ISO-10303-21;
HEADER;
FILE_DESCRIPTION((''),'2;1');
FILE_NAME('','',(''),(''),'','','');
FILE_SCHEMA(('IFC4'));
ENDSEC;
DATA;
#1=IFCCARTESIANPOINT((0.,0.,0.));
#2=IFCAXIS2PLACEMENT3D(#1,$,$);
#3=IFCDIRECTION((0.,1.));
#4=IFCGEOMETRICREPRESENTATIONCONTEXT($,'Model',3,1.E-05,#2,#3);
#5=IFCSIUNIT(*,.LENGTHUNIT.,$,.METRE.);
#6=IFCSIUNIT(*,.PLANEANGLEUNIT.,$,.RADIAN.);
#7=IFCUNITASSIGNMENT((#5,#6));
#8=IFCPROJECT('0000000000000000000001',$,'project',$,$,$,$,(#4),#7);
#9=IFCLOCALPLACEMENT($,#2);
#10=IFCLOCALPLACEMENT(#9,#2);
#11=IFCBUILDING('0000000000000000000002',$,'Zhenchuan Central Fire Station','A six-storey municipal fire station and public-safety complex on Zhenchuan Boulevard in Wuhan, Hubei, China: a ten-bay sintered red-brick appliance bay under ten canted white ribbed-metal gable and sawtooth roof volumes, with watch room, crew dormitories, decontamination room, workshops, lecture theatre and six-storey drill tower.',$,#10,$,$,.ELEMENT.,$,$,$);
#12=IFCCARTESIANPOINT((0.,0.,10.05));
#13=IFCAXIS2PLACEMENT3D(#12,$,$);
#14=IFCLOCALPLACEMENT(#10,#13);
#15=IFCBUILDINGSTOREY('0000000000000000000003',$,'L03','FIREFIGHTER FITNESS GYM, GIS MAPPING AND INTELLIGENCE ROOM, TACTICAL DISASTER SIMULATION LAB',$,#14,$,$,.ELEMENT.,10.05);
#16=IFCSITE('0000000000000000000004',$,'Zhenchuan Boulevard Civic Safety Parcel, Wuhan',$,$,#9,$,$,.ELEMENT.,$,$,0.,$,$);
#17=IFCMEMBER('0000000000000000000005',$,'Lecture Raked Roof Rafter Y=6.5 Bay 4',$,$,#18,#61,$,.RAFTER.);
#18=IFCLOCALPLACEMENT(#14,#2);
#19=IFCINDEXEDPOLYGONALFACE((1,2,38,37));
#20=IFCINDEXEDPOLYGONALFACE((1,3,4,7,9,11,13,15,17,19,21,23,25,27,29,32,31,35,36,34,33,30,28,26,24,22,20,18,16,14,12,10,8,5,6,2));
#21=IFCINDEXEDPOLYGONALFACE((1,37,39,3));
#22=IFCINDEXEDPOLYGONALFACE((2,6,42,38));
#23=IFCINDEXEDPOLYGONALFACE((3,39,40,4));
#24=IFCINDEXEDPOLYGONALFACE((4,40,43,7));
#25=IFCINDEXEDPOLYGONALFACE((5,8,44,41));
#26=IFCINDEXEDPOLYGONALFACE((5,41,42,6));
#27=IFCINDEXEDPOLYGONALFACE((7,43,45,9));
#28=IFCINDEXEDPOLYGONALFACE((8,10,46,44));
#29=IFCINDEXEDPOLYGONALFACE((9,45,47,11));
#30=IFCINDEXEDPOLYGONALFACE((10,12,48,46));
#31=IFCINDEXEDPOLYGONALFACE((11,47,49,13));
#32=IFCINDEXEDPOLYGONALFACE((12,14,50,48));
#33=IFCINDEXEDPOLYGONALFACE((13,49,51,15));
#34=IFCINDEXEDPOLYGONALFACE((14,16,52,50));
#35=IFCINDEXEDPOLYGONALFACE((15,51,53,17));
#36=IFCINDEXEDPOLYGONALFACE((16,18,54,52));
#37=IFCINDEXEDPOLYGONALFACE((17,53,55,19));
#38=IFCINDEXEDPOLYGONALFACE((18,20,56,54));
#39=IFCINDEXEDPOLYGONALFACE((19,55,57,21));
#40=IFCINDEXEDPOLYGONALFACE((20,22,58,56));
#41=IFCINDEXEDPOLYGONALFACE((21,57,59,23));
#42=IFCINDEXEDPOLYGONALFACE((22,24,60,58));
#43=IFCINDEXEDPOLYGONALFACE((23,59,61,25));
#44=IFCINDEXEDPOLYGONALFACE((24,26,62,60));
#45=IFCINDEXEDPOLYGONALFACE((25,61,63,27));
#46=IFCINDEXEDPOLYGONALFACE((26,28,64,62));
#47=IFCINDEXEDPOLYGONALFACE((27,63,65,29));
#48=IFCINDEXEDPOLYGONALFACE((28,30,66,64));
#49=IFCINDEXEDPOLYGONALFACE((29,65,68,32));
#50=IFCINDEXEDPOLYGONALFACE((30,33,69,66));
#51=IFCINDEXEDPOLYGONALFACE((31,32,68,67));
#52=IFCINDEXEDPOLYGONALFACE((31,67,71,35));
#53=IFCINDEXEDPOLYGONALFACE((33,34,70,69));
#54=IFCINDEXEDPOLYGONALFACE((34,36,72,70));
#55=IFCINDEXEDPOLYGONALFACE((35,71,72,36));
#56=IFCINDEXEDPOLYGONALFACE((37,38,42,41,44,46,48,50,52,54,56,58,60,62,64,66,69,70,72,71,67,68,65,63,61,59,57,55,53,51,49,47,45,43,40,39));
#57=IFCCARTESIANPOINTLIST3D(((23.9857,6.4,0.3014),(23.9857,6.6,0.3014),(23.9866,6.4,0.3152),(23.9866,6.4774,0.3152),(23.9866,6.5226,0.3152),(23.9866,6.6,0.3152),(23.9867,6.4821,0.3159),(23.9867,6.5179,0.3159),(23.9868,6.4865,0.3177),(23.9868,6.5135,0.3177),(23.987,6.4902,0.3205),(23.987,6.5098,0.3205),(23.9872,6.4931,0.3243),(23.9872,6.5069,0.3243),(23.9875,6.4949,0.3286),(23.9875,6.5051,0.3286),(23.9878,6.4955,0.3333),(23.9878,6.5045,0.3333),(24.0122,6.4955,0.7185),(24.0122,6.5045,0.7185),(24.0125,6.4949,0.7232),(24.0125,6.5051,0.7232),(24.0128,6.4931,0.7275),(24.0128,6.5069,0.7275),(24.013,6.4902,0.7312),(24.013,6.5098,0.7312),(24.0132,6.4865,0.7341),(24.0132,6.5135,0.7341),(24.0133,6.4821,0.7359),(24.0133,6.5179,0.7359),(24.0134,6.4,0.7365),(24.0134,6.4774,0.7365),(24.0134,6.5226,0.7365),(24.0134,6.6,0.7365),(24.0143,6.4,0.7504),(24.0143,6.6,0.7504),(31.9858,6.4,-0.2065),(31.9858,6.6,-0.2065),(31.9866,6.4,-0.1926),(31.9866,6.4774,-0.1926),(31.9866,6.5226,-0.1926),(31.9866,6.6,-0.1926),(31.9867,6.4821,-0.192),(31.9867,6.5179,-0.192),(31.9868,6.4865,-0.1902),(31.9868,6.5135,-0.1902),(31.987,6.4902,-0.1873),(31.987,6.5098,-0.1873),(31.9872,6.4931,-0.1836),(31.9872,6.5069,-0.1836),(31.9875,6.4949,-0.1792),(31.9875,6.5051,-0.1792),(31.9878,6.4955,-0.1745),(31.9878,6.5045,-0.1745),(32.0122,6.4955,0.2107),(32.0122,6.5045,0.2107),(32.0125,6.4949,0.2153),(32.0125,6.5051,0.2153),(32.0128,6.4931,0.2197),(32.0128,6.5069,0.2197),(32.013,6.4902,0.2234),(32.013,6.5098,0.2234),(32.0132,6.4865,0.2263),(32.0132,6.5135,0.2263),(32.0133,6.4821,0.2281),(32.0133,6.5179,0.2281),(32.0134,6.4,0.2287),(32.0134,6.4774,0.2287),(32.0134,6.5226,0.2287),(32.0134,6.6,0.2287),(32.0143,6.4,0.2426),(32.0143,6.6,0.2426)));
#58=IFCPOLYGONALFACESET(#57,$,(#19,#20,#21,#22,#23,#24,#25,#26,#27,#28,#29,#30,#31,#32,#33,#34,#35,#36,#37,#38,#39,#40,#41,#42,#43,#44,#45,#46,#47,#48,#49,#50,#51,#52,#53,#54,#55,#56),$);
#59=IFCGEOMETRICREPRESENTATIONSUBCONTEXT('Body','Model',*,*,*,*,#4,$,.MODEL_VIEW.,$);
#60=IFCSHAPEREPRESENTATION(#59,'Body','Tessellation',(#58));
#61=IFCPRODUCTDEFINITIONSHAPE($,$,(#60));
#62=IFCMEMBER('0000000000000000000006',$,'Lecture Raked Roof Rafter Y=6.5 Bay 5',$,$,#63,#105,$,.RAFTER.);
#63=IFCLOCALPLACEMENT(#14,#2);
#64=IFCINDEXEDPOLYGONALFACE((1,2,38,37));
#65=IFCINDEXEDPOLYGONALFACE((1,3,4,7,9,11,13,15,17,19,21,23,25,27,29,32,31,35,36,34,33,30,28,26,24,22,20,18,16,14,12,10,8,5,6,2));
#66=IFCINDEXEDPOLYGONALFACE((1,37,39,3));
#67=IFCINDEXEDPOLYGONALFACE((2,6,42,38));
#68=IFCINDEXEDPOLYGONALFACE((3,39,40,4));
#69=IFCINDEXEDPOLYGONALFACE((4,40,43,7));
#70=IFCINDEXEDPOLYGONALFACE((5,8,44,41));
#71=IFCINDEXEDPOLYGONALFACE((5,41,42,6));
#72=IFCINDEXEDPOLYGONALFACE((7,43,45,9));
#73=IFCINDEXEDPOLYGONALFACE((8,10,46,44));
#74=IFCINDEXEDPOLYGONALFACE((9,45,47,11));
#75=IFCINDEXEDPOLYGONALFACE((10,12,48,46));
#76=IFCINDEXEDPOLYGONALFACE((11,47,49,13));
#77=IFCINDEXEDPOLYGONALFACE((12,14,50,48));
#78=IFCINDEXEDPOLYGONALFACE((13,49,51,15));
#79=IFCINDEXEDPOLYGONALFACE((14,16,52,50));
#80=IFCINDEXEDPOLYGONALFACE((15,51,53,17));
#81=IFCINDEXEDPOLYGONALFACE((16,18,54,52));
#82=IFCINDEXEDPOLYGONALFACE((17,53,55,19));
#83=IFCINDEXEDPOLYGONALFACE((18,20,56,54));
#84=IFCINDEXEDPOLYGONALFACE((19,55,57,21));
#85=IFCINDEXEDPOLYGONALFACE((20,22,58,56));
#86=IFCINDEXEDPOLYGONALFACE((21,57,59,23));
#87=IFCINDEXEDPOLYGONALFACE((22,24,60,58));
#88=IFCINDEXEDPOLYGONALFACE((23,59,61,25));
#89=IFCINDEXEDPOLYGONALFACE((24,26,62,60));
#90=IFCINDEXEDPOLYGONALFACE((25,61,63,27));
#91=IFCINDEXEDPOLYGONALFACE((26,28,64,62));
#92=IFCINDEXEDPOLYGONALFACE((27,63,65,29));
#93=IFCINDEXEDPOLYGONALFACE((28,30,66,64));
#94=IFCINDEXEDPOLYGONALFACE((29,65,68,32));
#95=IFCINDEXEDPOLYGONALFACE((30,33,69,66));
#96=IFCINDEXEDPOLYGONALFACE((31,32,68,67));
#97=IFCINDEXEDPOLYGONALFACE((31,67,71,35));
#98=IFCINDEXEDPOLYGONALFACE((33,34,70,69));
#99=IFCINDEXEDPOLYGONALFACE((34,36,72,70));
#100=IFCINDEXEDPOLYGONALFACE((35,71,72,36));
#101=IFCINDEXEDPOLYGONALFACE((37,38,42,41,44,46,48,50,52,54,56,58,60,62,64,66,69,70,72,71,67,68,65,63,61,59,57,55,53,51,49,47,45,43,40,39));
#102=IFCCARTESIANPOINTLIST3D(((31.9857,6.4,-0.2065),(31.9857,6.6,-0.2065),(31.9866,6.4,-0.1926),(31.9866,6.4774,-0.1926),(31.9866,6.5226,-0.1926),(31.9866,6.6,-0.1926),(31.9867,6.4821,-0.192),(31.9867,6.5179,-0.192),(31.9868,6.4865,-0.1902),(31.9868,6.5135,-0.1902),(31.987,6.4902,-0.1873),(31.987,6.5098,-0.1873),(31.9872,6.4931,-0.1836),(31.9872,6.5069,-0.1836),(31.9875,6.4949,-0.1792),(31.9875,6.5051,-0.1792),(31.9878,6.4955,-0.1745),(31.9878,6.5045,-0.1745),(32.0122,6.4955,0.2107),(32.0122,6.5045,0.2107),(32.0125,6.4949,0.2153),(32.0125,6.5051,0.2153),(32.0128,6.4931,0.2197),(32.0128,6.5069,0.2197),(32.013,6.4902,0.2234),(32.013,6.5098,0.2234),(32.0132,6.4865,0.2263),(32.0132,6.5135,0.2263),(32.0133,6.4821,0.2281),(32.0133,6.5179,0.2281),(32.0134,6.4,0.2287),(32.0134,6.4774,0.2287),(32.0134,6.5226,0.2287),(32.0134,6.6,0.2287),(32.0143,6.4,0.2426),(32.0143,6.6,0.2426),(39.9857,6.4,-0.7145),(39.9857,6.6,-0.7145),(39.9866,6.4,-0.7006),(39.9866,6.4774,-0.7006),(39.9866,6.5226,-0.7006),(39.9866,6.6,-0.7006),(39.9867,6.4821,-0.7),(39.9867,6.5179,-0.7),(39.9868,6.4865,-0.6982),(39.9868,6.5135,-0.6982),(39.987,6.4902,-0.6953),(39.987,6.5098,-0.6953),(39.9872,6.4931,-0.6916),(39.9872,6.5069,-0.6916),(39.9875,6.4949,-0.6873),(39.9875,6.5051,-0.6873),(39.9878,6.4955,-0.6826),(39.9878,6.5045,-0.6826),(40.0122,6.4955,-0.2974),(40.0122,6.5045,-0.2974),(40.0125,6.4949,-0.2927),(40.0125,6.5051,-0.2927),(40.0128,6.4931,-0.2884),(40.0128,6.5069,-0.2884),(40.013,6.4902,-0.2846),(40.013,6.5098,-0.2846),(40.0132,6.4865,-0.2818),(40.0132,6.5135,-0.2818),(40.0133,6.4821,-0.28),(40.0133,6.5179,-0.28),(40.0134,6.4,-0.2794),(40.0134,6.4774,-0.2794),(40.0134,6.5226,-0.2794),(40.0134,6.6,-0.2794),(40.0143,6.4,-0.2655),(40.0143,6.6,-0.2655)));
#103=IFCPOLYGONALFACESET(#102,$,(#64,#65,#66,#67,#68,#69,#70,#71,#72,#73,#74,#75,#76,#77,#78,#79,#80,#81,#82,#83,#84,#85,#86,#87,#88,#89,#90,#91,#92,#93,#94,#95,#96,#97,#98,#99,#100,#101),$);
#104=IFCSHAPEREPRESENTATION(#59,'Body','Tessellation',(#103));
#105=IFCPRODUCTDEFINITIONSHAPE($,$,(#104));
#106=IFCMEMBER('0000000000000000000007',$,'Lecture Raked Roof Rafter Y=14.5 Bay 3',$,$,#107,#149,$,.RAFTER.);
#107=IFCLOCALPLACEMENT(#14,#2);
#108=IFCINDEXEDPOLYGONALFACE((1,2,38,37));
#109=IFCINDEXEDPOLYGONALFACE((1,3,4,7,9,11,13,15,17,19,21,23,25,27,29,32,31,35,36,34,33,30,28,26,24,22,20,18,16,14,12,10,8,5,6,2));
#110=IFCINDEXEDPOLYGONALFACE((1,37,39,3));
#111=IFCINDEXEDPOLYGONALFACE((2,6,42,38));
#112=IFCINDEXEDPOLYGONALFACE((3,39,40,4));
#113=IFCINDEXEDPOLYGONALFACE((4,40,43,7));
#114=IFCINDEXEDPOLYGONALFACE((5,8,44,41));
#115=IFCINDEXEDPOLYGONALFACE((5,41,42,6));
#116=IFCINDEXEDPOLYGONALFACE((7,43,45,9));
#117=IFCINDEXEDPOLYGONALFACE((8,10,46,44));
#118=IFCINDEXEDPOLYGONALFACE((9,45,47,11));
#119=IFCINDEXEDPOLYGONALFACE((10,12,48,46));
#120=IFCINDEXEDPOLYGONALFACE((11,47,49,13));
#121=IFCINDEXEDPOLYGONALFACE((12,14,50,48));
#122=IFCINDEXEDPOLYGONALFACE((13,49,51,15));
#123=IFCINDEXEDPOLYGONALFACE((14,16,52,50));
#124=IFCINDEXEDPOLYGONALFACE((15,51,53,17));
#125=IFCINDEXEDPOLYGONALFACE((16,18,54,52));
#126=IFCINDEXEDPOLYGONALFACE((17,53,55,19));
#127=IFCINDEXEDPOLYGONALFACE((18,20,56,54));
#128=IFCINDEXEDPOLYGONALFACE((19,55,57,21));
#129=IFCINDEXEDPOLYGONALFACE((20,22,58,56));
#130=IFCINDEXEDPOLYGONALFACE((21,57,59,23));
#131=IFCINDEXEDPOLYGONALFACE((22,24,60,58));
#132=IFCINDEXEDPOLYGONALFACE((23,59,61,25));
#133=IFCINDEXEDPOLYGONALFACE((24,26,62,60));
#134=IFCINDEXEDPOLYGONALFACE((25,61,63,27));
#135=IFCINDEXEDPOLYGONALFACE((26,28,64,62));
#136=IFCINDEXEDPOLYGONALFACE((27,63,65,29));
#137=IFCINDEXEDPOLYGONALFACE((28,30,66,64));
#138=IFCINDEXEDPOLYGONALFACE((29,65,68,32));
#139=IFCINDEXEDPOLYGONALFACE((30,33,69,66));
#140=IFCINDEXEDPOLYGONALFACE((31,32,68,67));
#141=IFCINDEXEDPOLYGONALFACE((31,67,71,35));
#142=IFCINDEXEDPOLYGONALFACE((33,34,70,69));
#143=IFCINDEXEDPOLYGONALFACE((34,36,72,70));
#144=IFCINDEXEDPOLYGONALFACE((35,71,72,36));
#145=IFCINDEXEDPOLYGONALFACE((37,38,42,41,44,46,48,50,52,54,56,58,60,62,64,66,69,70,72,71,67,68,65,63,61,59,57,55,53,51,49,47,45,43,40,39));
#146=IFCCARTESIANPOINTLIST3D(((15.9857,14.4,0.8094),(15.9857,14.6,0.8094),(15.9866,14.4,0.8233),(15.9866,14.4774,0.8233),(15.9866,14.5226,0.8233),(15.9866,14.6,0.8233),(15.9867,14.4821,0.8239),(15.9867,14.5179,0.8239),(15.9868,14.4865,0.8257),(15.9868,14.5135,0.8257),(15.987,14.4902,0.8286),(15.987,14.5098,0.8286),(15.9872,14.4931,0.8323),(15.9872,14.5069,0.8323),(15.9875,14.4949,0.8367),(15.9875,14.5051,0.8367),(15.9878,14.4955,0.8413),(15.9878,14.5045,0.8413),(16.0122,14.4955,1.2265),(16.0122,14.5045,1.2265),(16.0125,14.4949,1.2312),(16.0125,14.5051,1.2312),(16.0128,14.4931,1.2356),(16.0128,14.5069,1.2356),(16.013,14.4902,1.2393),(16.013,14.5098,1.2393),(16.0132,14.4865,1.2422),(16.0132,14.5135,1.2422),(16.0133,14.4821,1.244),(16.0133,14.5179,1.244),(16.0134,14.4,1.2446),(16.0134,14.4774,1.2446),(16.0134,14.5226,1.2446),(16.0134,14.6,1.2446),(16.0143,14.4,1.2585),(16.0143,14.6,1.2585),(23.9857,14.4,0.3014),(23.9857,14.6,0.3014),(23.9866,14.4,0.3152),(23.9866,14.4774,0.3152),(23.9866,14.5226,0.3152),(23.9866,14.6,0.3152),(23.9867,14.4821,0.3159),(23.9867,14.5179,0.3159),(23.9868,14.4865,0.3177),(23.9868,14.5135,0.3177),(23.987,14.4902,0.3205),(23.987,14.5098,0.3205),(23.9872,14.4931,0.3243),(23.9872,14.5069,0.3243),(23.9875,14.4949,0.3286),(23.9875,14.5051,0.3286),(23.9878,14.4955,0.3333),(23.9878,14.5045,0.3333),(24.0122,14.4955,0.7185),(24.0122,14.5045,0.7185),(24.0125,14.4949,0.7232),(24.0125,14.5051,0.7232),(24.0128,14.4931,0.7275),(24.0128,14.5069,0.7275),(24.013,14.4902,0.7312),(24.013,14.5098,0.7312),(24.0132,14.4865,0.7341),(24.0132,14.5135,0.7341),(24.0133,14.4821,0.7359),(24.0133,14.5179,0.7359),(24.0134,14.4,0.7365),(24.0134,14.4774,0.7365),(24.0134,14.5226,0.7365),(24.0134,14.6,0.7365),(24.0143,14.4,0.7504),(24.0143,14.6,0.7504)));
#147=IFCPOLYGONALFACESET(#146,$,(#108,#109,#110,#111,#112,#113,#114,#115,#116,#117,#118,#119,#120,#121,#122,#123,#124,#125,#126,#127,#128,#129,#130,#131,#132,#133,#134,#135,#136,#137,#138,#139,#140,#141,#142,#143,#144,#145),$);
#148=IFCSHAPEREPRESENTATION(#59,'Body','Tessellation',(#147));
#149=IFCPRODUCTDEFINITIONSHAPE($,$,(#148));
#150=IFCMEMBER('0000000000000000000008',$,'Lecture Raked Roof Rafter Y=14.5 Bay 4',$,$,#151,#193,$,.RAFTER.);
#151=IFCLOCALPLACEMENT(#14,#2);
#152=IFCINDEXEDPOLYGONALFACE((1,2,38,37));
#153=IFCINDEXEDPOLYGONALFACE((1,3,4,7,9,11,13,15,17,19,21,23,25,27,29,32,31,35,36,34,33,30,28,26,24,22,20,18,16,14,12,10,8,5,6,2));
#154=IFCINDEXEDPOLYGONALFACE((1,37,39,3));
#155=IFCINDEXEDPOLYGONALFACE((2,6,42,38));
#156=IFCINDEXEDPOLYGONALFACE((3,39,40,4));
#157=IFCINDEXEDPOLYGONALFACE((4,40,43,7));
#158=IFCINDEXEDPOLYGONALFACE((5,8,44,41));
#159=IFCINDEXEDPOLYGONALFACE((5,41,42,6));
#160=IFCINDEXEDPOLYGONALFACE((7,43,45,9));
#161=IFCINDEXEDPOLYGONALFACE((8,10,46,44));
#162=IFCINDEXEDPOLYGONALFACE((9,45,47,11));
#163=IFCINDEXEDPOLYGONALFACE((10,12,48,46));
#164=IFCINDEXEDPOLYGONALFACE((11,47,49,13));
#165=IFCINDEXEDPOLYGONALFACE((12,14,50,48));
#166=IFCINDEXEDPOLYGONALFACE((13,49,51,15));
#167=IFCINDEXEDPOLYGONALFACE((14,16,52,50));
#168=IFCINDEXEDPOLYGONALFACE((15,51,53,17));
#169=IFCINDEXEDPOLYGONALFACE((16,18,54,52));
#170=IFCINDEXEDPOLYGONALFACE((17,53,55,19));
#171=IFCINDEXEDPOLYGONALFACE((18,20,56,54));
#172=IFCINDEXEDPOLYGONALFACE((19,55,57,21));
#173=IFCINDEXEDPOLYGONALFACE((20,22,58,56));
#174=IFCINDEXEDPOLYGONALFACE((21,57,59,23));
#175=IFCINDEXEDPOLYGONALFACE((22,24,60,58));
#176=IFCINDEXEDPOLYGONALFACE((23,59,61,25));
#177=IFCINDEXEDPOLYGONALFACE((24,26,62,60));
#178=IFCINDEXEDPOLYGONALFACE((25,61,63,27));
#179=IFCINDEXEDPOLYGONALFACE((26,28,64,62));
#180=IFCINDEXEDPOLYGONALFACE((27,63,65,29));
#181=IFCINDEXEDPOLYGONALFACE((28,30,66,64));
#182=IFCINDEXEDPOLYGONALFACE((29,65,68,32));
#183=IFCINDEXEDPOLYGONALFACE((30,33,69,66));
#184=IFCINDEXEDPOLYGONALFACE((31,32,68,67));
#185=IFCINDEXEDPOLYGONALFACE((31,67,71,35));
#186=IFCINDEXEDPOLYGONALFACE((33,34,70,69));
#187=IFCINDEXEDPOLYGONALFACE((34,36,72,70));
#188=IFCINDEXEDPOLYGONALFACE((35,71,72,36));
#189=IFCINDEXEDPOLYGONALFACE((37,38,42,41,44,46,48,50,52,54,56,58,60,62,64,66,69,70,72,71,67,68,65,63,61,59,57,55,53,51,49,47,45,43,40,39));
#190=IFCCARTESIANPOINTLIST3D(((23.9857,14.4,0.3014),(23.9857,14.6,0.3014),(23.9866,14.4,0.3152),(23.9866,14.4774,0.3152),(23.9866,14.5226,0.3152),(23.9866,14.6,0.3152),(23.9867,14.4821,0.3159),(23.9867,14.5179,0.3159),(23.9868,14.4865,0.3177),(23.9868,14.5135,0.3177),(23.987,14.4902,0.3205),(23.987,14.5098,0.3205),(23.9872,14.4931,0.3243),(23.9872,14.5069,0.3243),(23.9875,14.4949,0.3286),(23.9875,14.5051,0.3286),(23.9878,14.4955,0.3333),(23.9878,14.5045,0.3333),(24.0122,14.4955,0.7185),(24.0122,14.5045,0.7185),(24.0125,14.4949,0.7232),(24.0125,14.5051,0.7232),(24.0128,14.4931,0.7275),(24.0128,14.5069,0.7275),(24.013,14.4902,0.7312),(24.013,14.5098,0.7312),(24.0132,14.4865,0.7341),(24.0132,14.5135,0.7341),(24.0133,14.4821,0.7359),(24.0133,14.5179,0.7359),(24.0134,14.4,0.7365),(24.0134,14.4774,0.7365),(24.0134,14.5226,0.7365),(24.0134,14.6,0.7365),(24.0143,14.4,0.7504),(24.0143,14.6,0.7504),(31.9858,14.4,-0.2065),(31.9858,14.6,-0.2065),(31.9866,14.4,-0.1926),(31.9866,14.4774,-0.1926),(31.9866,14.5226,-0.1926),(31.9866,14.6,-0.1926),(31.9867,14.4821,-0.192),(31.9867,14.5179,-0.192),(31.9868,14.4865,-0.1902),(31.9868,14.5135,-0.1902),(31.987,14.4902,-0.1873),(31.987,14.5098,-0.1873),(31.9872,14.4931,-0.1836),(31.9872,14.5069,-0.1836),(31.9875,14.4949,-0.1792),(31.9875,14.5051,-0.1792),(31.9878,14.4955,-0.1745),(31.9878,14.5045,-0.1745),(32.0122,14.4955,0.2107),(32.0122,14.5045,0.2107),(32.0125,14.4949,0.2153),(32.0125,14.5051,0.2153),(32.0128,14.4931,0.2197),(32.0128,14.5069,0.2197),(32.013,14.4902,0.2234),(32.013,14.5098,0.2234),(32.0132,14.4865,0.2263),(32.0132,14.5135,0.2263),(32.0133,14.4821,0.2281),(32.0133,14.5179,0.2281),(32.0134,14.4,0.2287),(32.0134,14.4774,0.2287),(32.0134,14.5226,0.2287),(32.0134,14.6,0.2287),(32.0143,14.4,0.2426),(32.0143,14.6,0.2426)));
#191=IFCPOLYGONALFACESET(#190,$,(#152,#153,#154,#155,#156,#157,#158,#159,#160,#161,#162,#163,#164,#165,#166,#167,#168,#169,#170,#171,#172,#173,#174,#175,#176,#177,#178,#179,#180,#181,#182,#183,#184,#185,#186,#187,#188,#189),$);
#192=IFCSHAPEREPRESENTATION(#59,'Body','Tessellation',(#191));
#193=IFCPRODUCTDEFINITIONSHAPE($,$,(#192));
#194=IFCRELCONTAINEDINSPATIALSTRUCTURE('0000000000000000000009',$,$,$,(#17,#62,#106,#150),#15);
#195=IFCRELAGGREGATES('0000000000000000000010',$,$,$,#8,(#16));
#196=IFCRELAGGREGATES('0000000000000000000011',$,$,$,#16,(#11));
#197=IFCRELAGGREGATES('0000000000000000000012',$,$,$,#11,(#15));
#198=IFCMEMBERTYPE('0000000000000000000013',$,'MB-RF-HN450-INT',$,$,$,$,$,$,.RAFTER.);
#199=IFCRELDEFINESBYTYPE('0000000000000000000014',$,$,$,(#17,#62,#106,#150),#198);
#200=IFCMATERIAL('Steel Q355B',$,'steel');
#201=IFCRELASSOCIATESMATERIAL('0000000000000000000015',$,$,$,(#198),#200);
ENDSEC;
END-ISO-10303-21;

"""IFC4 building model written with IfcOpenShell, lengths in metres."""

from ifc_helpers import new_model, si_unit, direction, frame, origin, origin_2d, place, context, subcontext, project, spatial, i_section, extrude, material, material_profile, profile_set, type_object, element, save


model = new_model("IFC4")

# Units and contexts
model_context = context("Model", 3, precision=1e-05, world=origin(), true_north=direction((0.0, 1.0)))
body_context = subcontext(model_context, "Body", "Model", "MODEL_VIEW")
ifc_project = project(units=[si_unit("LENGTHUNIT", "METRE"), si_unit("PLANEANGLEUNIT", "RADIAN")], contexts=[model_context])

# Site, building, storey
site_placement = place(None, origin())
site = spatial("IfcSite", under=ifc_project, at=site_placement, Name="Zhenchuan Boulevard Civic Safety Parcel, Wuhan", CompositionType="ELEMENT", RefElevation=0.0)
building_placement = place(site_placement, origin())
building = spatial("IfcBuilding", under=site, at=building_placement, Name="Zhenchuan Central Fire Station", Description="A six-storey municipal fire station and public-safety complex on Zhenchuan Boulevard in Wuhan, Hubei, China: a ten-bay sintered red-brick appliance bay under ten canted white ribbed-metal gable and sawtooth roof volumes, with watch room, crew dormitories, decontamination room, workshops, lecture theatre and six-storey drill tower.", CompositionType="ELEMENT")
storey_placement = place(building_placement, frame((0.0, 0.0, 10.05)))
storey = spatial("IfcBuildingStorey", under=building, at=storey_placement, Name="L03", Description="FIREFIGHTER FITNESS GYM, GIS MAPPING AND INTELLIGENCE ROOM, TACTICAL DISASTER SIMULATION LAB", CompositionType="ELEMENT", Elevation=10.05)

# Shared definitions
ifc_material = material(Name="Steel Q355B", Category="steel")

# Members
ifc_material_profile_1 = material_profile(ifc_material, i_section(OverallWidth=0.2, OverallDepth=0.45, WebThickness=0.009, FlangeThickness=0.0139, FilletRadius=0.0181, at=origin_2d()), Name="HN 450x200")
ifc_profile_set_1 = profile_set([ifc_material_profile_1], Name="Steel Q355B")
member_type_1 = type_object("IfcMemberType", Name="MB-RF-HN450-INT", PredefinedType="RAFTER", material=ifc_profile_set_1)
for number, where, z_axis, x_axis, name in (
    (1, (24.0, 6.5, 0.5259), (0.997991, 0.0, -0.063349), (0.0, 1.0, 0.0), "Lecture Raked Roof Rafter Y=6.5 Bay 4"),
    (2, (32.0, 6.5, 0.0181), (0.99799, 0.0, -0.063379), (0.0, 1.0, 0.0), "Lecture Raked Roof Rafter Y=6.5 Bay 5"),
    (3, (16.0, 14.5, 1.0339), (0.99799, 0.0, -0.063379), (0.0, 1.0, 0.0), "Lecture Raked Roof Rafter Y=14.5 Bay 3"),
    (4, (24.0, 14.5, 0.5259), (0.997991, 0.0, -0.063349), (0.0, 1.0, 0.0), "Lecture Raked Roof Rafter Y=14.5 Bay 4"),
):
    element("IfcMember", number, at=place(storey_placement, frame(where, z_axis=z_axis, x_axis=x_axis)), inside=storey, type_object=member_type_1, Name=name, PredefinedType="RAFTER", context=body_context, shape_type="SweptSolid", body=[
        extrude(i_section(OverallWidth=0.2, OverallDepth=0.45, WebThickness=0.009, FlangeThickness=0.0139, FilletRadius=0.0181, at=origin_2d()), origin(), (0.0, 0.0, 1.0), 8.0161),
    ])

save(model, "model.ifc")
